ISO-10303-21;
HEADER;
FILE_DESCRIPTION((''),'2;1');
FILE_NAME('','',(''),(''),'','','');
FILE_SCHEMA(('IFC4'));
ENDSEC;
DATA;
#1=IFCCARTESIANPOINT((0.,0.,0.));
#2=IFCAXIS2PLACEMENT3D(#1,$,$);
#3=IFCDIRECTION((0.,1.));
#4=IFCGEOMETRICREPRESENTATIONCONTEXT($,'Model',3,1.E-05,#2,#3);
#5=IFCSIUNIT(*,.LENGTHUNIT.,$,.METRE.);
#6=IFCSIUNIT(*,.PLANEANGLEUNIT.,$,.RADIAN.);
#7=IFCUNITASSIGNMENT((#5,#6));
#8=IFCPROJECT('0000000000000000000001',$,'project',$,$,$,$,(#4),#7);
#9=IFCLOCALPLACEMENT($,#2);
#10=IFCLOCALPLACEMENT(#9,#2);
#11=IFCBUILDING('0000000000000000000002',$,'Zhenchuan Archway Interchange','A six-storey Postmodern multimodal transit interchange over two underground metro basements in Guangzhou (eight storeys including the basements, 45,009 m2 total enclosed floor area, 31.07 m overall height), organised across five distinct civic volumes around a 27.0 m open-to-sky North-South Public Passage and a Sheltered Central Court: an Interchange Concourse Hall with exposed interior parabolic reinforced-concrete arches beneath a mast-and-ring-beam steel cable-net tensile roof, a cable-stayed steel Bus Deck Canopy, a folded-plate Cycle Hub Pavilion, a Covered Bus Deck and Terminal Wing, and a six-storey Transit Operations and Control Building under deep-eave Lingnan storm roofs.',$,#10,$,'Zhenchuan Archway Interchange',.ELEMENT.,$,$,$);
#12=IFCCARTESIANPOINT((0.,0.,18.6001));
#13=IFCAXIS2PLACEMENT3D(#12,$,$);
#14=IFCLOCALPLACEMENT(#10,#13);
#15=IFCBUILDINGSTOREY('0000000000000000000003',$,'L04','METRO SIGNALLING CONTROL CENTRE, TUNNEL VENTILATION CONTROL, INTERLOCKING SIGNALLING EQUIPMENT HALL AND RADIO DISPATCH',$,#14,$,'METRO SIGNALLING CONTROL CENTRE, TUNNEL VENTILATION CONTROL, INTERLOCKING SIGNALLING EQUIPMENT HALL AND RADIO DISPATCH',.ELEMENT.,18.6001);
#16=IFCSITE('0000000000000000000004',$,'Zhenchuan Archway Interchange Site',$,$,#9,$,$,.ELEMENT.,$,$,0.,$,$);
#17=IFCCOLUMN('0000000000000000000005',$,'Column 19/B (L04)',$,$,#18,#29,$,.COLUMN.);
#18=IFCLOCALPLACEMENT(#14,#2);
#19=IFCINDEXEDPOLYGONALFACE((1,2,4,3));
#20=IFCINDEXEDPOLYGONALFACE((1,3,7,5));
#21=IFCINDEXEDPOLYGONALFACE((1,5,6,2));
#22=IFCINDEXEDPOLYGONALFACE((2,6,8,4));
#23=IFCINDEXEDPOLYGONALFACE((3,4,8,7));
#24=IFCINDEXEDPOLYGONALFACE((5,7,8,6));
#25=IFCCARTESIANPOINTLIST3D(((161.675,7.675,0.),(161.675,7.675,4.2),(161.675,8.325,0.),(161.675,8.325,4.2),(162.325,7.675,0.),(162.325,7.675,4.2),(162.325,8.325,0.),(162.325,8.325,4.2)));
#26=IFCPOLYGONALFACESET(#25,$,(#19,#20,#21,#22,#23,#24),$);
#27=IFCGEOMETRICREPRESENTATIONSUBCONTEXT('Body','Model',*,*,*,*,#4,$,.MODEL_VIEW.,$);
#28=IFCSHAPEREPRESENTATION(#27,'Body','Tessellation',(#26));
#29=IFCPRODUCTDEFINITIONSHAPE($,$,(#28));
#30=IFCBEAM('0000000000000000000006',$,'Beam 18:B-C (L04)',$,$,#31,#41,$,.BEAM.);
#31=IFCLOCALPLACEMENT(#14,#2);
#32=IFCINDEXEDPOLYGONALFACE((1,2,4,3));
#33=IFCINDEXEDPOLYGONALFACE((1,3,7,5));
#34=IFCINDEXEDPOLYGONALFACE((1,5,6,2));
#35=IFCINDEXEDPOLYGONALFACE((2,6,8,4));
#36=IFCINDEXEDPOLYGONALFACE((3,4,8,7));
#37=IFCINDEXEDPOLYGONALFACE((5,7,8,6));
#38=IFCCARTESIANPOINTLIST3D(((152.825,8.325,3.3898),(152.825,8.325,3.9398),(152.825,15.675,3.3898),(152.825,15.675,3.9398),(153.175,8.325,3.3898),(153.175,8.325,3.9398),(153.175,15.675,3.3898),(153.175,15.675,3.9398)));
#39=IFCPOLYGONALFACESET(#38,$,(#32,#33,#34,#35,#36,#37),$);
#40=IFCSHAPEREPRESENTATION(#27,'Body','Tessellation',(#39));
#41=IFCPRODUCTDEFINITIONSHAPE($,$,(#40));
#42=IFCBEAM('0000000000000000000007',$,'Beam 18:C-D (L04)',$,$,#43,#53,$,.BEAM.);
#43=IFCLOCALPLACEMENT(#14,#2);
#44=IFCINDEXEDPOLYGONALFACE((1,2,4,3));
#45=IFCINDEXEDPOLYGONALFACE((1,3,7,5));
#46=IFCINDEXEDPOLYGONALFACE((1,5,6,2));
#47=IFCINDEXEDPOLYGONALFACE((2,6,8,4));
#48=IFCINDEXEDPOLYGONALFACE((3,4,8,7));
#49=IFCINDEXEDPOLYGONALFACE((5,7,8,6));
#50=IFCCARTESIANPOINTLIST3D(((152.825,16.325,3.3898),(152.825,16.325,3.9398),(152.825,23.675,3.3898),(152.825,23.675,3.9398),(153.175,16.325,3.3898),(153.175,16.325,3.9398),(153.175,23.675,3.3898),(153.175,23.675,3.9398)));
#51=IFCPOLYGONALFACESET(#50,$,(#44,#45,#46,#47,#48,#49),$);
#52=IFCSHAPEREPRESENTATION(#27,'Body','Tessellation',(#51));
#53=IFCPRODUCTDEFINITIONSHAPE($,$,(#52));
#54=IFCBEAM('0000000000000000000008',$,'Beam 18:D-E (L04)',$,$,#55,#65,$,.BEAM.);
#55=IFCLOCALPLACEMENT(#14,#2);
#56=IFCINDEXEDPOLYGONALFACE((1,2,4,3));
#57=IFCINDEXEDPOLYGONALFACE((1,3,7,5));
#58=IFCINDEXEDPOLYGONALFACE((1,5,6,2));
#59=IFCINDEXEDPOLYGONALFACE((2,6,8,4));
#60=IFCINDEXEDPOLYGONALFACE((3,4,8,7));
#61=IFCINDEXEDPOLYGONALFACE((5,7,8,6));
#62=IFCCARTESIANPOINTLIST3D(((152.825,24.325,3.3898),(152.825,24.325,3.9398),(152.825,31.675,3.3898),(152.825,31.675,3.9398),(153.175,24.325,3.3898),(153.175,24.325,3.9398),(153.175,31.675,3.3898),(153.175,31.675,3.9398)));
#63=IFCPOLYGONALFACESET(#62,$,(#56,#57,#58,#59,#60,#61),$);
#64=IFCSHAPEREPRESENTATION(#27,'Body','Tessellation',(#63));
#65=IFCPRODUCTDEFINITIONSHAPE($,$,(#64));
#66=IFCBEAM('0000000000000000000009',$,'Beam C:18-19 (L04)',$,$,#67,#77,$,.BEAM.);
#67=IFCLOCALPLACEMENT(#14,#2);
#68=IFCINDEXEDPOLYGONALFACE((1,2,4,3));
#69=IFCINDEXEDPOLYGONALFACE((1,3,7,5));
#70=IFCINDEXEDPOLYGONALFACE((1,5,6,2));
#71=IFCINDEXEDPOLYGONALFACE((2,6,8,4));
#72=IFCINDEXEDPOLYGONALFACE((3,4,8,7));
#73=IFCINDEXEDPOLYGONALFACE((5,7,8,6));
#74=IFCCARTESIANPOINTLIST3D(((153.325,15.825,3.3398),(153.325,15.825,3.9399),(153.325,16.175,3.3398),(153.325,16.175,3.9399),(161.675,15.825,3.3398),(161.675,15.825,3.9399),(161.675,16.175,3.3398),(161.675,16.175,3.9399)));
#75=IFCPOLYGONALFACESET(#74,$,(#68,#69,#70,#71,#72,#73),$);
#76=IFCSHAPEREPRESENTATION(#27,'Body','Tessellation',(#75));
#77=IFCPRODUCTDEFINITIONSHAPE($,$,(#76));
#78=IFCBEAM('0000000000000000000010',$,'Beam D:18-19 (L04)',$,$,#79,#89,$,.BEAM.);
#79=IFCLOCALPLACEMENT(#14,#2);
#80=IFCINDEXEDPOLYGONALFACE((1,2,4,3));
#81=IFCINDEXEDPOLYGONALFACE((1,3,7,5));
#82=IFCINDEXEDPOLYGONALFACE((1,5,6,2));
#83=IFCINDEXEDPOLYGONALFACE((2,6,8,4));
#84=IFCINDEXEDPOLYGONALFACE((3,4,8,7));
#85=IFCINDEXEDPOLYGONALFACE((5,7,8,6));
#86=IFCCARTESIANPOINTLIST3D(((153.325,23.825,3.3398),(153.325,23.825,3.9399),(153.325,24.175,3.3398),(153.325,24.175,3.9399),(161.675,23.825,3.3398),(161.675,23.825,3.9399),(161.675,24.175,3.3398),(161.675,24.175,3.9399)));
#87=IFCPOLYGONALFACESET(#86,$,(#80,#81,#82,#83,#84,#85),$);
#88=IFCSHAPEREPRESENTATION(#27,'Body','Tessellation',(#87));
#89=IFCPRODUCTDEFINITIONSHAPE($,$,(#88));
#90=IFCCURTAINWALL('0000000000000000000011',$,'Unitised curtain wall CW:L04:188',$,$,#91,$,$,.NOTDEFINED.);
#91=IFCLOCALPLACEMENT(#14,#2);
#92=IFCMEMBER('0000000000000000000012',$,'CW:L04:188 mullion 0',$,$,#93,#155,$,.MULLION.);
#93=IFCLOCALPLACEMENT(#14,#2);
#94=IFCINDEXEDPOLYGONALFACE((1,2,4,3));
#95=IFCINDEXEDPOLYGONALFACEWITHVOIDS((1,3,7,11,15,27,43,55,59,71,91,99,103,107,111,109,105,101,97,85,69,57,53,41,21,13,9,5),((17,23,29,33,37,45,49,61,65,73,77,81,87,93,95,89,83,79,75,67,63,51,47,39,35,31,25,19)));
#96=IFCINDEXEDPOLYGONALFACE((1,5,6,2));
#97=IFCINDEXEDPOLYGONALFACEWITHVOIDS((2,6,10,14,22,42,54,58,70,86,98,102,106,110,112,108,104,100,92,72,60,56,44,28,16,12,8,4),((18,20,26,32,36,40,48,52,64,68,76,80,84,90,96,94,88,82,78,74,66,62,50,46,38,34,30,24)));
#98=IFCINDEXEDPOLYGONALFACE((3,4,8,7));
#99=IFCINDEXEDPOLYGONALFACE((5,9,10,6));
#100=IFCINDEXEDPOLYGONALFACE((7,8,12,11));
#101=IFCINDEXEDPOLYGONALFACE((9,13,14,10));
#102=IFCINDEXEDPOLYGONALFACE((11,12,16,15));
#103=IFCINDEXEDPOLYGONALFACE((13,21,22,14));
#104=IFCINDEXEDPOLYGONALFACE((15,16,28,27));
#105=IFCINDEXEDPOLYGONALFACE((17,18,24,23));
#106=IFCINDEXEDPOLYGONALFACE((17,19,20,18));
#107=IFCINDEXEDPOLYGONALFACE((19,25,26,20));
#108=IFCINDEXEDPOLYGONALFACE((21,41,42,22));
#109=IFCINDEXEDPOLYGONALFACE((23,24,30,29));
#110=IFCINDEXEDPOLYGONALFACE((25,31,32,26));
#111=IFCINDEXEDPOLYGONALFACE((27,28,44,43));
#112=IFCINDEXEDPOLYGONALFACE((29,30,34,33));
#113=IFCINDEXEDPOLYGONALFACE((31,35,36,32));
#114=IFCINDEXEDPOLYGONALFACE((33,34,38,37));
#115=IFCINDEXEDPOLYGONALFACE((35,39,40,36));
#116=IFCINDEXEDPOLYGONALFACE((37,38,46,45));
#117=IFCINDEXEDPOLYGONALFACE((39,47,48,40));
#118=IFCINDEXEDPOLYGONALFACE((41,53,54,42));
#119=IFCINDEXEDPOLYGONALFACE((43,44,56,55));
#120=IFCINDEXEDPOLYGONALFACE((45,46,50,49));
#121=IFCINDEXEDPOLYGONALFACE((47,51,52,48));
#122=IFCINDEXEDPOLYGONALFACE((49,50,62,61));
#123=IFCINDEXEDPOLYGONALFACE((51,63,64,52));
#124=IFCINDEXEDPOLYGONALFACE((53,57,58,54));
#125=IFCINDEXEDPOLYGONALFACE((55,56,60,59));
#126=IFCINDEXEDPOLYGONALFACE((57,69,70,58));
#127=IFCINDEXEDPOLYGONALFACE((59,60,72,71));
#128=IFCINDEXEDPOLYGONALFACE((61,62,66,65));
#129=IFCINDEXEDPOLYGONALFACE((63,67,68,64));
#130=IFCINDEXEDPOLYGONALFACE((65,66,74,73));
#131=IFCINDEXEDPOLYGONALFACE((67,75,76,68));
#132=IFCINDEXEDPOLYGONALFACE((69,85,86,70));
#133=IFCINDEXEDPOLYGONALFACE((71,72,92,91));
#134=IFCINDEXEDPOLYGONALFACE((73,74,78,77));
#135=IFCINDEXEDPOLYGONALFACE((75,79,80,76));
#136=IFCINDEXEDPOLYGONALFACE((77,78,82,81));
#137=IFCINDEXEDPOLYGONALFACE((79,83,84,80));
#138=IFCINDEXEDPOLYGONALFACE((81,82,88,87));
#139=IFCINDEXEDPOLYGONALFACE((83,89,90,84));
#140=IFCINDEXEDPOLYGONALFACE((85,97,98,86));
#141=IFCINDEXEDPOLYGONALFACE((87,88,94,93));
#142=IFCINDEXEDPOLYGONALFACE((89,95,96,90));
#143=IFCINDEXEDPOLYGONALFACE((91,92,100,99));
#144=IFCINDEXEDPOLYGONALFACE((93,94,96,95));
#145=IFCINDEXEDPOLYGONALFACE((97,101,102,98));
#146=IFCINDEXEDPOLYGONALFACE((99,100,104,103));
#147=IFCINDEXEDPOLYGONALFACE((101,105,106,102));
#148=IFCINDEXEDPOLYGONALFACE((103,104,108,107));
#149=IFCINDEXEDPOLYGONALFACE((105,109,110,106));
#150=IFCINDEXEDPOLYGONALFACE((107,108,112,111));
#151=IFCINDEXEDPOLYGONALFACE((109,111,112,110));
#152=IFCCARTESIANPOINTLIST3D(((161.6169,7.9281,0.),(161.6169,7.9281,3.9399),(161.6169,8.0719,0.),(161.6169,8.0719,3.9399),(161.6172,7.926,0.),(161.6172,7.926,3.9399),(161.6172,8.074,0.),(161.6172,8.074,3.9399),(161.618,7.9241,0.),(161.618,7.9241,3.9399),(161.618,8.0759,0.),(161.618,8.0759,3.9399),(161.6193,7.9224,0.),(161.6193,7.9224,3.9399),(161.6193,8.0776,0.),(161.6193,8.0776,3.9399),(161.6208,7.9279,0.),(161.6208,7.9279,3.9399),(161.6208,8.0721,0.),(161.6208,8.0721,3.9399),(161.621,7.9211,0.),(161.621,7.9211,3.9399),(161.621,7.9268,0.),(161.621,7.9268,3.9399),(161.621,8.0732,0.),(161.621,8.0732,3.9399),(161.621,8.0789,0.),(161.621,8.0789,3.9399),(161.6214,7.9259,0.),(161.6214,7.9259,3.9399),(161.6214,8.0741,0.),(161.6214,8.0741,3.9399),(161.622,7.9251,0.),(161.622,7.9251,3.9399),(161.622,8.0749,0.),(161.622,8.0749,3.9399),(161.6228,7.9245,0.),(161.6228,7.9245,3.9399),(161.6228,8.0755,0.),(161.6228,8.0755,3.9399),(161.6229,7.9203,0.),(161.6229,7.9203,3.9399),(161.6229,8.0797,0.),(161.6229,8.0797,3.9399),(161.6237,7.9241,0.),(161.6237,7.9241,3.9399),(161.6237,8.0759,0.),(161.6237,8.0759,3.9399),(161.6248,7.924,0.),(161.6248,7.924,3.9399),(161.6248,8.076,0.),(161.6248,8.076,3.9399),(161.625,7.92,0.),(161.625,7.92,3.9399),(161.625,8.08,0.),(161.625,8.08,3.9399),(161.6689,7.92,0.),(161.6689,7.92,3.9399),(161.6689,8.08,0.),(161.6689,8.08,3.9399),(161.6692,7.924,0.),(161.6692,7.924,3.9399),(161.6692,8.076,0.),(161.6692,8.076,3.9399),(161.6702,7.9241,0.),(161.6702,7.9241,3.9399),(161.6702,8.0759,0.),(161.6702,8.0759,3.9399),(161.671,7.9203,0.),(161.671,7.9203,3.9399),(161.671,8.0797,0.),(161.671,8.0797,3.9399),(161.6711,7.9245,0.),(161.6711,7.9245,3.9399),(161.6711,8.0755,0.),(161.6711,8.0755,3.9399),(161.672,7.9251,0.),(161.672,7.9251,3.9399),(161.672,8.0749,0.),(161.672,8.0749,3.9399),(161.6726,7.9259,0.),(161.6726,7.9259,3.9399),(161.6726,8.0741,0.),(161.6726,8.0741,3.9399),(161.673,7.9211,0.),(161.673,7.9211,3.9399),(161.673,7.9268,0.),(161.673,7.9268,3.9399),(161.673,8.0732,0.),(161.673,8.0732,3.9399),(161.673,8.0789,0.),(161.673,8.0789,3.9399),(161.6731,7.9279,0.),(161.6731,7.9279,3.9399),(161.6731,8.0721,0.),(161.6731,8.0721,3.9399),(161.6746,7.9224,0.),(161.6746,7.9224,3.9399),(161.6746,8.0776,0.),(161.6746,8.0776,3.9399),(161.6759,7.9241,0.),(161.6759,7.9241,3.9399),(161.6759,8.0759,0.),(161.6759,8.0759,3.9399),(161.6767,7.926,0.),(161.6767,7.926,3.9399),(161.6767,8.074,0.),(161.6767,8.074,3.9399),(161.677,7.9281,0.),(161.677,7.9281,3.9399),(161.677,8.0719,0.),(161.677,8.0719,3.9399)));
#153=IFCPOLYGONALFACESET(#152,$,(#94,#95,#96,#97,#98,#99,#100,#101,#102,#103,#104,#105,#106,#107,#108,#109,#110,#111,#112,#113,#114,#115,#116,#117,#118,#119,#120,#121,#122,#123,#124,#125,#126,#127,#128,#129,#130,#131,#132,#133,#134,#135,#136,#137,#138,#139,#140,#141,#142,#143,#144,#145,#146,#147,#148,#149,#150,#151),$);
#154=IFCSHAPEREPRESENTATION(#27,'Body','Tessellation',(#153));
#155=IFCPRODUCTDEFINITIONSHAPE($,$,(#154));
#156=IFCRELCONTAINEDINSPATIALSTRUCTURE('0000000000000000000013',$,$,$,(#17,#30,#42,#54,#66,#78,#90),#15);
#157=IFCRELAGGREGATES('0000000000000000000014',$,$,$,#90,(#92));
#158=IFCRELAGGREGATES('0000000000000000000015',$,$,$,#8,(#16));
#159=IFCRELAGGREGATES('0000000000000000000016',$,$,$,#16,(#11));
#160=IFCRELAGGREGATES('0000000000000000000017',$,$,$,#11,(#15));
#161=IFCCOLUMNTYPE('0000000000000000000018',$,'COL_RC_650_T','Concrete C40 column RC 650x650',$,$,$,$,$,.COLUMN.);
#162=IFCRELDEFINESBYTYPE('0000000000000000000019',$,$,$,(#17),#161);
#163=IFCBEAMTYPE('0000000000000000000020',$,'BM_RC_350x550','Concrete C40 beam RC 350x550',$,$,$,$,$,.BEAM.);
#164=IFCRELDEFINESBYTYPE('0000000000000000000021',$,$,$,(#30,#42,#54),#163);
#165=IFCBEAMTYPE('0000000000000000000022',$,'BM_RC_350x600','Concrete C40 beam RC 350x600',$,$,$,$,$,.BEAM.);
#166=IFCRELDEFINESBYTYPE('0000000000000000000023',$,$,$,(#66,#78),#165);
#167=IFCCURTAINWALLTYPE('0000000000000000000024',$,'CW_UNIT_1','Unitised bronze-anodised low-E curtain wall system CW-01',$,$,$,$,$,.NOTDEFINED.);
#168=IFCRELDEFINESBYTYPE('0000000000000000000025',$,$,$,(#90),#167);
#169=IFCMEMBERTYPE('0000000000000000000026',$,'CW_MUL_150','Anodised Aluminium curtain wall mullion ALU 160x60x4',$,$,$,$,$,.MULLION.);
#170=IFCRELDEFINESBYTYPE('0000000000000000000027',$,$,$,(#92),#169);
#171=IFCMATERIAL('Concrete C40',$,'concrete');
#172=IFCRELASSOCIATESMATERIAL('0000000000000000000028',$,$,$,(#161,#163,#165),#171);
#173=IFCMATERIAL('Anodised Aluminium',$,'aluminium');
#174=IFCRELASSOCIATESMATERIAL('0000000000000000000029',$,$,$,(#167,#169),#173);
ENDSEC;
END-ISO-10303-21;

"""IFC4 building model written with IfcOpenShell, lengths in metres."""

from ifc_helpers import new_model, si_unit, direction, frame, origin, origin_2d, place, context, subcontext, project, spatial, rectangle, hollow_rectangle, extrude, material, material_profile, profile_set, type_object, element, aggregate, save


model = new_model("IFC4")

# Units and contexts
model_context = context("Model", 3, precision=1e-05, world=origin(), true_north=direction((0.0, 1.0)))
body_context = subcontext(model_context, "Body", "Model", "MODEL_VIEW")
ifc_project = project(units=[si_unit("LENGTHUNIT", "METRE"), si_unit("PLANEANGLEUNIT", "RADIAN")], contexts=[model_context])

# Site, building, storey
site_placement = place(None, origin())
site = spatial("IfcSite", under=ifc_project, at=site_placement, Name="Zhenchuan Archway Interchange Site", CompositionType="ELEMENT", RefElevation=0.0)
building_placement = place(site_placement, origin())
building = spatial("IfcBuilding", under=site, at=building_placement, Name="Zhenchuan Archway Interchange", Description="A six-storey Postmodern multimodal transit interchange over two underground metro basements in Guangzhou (eight storeys including the basements, 45,009 m2 total enclosed floor area, 31.07 m overall height), organised across five distinct civic volumes around a 27.0 m open-to-sky North-South Public Passage and a Sheltered Central Court: an Interchange Concourse Hall with exposed interior parabolic reinforced-concrete arches beneath a mast-and-ring-beam steel cable-net tensile roof, a cable-stayed steel Bus Deck Canopy, a folded-plate Cycle Hub Pavilion, a Covered Bus Deck and Terminal Wing, and a six-storey Transit Operations and Control Building under deep-eave Lingnan storm roofs.", LongName="Zhenchuan Archway Interchange", CompositionType="ELEMENT")
storey_placement = place(building_placement, frame((0.0, 0.0, 18.6001)))
storey = spatial("IfcBuildingStorey", under=building, at=storey_placement, Name="L04", Description="METRO SIGNALLING CONTROL CENTRE, TUNNEL VENTILATION CONTROL, INTERLOCKING SIGNALLING EQUIPMENT HALL AND RADIO DISPATCH", LongName="METRO SIGNALLING CONTROL CENTRE, TUNNEL VENTILATION CONTROL, INTERLOCKING SIGNALLING EQUIPMENT HALL AND RADIO DISPATCH", CompositionType="ELEMENT", Elevation=18.6001)

# Column
ifc_material_1 = material(Name="Concrete C40", Category="concrete")
ifc_material_profile_1 = material_profile(ifc_material_1, rectangle(XDim=0.6499, YDim=0.6499, at=origin_2d()), Name="RC 650x650")
ifc_profile_set_1 = profile_set([ifc_material_profile_1], Name="Concrete C40")
column_type = type_object("IfcColumnType", Name="COL_RC_650_T", Description="Concrete C40 column RC 650x650", PredefinedType="COLUMN", material=ifc_profile_set_1)
column_placement = place(storey_placement, frame((162.0, 8.0, 0.0), z_axis=(0.0, 0.0, 1.0), x_axis=(1.0, 0.0, 0.0)))
element("IfcColumn", 1, at=column_placement, inside=storey, type_object=column_type, Name="Column 19/B (L04)", PredefinedType="COLUMN", context=body_context, shape_type="SweptSolid", body=[
    extrude(rectangle(XDim=0.6499, YDim=0.6499, at=origin_2d()), origin(), (0.0, 0.0, 1.0), 4.2),
])

# Beams
ifc_material_profile_2 = material_profile(ifc_material_1, rectangle(XDim=0.3501, YDim=0.55, at=origin_2d()), Name="RC 350x550")
ifc_profile_set_2 = profile_set([ifc_material_profile_2], Name="Concrete C40")
beam_type_1 = type_object("IfcBeamType", Name="BM_RC_350x550", Description="Concrete C40 beam RC 350x550", PredefinedType="BEAM", material=ifc_profile_set_2)
for number, where, z_axis, x_axis, name in (
    (2, (153.0, 8.325, 3.6648), (0.0, 1.0, 0.0), (-1.0, 0.0, 0.0), "Beam 18:B-C (L04)"),
    (3, (153.0, 16.325, 3.6648), (0.0, 1.0, 0.0), (-1.0, 0.0, 0.0), "Beam 18:C-D (L04)"),
    (4, (153.0, 24.325, 3.6648), (0.0, 1.0, 0.0), (-1.0, 0.0, 0.0), "Beam 18:D-E (L04)"),
):
    element("IfcBeam", number, at=place(storey_placement, frame(where, z_axis=z_axis, x_axis=x_axis)), inside=storey, type_object=beam_type_1, Name=name, PredefinedType="BEAM", context=body_context, shape_type="SweptSolid", body=[
        extrude(rectangle(XDim=0.3501, YDim=0.55, at=origin_2d()), origin(), (0.0, 0.0, 1.0), 7.3501),
    ])
ifc_material_profile_3 = material_profile(ifc_material_1, rectangle(XDim=0.3501, YDim=0.6001, at=origin_2d()), Name="RC 350x600")
ifc_profile_set_3 = profile_set([ifc_material_profile_3], Name="Concrete C40")
beam_type_2 = type_object("IfcBeamType", Name="BM_RC_350x600", Description="Concrete C40 beam RC 350x600", PredefinedType="BEAM", material=ifc_profile_set_3)
for number, where, z_axis, x_axis, name in (
    (5, (153.325, 16.0, 3.6399), (1.0, 0.0, 0.0), (0.0, 1.0, 0.0), "Beam C:18-19 (L04)"),
    (6, (153.325, 24.0, 3.6399), (1.0, 0.0, 0.0), (0.0, 1.0, 0.0), "Beam D:18-19 (L04)"),
):
    element("IfcBeam", number, at=place(storey_placement, frame(where, z_axis=z_axis, x_axis=x_axis)), inside=storey, type_object=beam_type_2, Name=name, PredefinedType="BEAM", context=body_context, shape_type="SweptSolid", body=[
        extrude(rectangle(XDim=0.3501, YDim=0.6001, at=origin_2d()), origin(), (0.0, 0.0, 1.0), 8.3501),
    ])

# Curtain wall, member
ifc_material_2 = material(Name="Anodised Aluminium", Category="aluminium")
curtain_wall_type = type_object("IfcCurtainWallType", Name="CW_UNIT_1", Description="Unitised bronze-anodised low-E curtain wall system CW-01", PredefinedType="NOTDEFINED", material=ifc_material_2)
curtain_wall_placement = place(storey_placement, origin())
curtain_wall = element("IfcCurtainWall", 7, at=curtain_wall_placement, inside=storey, type_object=curtain_wall_type, Name="Unitised curtain wall CW:L04:188", PredefinedType="NOTDEFINED")
ifc_material_profile_4 = material_profile(ifc_material_2, hollow_rectangle(XDim=0.0601, YDim=0.1599, WallThickness=0.0039, InnerFilletRadius=0.0039, OuterFilletRadius=0.0081, at=origin_2d()), Name="ALU 160x60x4")
ifc_profile_set_4 = profile_set([ifc_material_profile_4], Name="Anodised Aluminium")
member_type_1 = type_object("IfcMemberType", Name="CW_MUL_150", Description="Anodised Aluminium curtain wall mullion ALU 160x60x4", PredefinedType="MULLION", material=ifc_profile_set_4)
member_1_placement = place(storey_placement, frame((161.647, 8.0, 0.0), z_axis=(0.0, 0.0, 1.0), x_axis=(1.0, 0.0, 0.0)))
member_1 = element("IfcMember", 8, at=member_1_placement, type_object=member_type_1, Name="CW:L04:188 mullion 0", PredefinedType="MULLION", context=body_context, shape_type="SweptSolid", body=[
    extrude(hollow_rectangle(XDim=0.0601, YDim=0.1599, WallThickness=0.0039, InnerFilletRadius=0.0039, OuterFilletRadius=0.0081, at=origin_2d()), origin(), (0.0, 0.0, 1.0), 3.9399),
])

aggregate(curtain_wall, [member_1])

save(model, "model.ifc")
